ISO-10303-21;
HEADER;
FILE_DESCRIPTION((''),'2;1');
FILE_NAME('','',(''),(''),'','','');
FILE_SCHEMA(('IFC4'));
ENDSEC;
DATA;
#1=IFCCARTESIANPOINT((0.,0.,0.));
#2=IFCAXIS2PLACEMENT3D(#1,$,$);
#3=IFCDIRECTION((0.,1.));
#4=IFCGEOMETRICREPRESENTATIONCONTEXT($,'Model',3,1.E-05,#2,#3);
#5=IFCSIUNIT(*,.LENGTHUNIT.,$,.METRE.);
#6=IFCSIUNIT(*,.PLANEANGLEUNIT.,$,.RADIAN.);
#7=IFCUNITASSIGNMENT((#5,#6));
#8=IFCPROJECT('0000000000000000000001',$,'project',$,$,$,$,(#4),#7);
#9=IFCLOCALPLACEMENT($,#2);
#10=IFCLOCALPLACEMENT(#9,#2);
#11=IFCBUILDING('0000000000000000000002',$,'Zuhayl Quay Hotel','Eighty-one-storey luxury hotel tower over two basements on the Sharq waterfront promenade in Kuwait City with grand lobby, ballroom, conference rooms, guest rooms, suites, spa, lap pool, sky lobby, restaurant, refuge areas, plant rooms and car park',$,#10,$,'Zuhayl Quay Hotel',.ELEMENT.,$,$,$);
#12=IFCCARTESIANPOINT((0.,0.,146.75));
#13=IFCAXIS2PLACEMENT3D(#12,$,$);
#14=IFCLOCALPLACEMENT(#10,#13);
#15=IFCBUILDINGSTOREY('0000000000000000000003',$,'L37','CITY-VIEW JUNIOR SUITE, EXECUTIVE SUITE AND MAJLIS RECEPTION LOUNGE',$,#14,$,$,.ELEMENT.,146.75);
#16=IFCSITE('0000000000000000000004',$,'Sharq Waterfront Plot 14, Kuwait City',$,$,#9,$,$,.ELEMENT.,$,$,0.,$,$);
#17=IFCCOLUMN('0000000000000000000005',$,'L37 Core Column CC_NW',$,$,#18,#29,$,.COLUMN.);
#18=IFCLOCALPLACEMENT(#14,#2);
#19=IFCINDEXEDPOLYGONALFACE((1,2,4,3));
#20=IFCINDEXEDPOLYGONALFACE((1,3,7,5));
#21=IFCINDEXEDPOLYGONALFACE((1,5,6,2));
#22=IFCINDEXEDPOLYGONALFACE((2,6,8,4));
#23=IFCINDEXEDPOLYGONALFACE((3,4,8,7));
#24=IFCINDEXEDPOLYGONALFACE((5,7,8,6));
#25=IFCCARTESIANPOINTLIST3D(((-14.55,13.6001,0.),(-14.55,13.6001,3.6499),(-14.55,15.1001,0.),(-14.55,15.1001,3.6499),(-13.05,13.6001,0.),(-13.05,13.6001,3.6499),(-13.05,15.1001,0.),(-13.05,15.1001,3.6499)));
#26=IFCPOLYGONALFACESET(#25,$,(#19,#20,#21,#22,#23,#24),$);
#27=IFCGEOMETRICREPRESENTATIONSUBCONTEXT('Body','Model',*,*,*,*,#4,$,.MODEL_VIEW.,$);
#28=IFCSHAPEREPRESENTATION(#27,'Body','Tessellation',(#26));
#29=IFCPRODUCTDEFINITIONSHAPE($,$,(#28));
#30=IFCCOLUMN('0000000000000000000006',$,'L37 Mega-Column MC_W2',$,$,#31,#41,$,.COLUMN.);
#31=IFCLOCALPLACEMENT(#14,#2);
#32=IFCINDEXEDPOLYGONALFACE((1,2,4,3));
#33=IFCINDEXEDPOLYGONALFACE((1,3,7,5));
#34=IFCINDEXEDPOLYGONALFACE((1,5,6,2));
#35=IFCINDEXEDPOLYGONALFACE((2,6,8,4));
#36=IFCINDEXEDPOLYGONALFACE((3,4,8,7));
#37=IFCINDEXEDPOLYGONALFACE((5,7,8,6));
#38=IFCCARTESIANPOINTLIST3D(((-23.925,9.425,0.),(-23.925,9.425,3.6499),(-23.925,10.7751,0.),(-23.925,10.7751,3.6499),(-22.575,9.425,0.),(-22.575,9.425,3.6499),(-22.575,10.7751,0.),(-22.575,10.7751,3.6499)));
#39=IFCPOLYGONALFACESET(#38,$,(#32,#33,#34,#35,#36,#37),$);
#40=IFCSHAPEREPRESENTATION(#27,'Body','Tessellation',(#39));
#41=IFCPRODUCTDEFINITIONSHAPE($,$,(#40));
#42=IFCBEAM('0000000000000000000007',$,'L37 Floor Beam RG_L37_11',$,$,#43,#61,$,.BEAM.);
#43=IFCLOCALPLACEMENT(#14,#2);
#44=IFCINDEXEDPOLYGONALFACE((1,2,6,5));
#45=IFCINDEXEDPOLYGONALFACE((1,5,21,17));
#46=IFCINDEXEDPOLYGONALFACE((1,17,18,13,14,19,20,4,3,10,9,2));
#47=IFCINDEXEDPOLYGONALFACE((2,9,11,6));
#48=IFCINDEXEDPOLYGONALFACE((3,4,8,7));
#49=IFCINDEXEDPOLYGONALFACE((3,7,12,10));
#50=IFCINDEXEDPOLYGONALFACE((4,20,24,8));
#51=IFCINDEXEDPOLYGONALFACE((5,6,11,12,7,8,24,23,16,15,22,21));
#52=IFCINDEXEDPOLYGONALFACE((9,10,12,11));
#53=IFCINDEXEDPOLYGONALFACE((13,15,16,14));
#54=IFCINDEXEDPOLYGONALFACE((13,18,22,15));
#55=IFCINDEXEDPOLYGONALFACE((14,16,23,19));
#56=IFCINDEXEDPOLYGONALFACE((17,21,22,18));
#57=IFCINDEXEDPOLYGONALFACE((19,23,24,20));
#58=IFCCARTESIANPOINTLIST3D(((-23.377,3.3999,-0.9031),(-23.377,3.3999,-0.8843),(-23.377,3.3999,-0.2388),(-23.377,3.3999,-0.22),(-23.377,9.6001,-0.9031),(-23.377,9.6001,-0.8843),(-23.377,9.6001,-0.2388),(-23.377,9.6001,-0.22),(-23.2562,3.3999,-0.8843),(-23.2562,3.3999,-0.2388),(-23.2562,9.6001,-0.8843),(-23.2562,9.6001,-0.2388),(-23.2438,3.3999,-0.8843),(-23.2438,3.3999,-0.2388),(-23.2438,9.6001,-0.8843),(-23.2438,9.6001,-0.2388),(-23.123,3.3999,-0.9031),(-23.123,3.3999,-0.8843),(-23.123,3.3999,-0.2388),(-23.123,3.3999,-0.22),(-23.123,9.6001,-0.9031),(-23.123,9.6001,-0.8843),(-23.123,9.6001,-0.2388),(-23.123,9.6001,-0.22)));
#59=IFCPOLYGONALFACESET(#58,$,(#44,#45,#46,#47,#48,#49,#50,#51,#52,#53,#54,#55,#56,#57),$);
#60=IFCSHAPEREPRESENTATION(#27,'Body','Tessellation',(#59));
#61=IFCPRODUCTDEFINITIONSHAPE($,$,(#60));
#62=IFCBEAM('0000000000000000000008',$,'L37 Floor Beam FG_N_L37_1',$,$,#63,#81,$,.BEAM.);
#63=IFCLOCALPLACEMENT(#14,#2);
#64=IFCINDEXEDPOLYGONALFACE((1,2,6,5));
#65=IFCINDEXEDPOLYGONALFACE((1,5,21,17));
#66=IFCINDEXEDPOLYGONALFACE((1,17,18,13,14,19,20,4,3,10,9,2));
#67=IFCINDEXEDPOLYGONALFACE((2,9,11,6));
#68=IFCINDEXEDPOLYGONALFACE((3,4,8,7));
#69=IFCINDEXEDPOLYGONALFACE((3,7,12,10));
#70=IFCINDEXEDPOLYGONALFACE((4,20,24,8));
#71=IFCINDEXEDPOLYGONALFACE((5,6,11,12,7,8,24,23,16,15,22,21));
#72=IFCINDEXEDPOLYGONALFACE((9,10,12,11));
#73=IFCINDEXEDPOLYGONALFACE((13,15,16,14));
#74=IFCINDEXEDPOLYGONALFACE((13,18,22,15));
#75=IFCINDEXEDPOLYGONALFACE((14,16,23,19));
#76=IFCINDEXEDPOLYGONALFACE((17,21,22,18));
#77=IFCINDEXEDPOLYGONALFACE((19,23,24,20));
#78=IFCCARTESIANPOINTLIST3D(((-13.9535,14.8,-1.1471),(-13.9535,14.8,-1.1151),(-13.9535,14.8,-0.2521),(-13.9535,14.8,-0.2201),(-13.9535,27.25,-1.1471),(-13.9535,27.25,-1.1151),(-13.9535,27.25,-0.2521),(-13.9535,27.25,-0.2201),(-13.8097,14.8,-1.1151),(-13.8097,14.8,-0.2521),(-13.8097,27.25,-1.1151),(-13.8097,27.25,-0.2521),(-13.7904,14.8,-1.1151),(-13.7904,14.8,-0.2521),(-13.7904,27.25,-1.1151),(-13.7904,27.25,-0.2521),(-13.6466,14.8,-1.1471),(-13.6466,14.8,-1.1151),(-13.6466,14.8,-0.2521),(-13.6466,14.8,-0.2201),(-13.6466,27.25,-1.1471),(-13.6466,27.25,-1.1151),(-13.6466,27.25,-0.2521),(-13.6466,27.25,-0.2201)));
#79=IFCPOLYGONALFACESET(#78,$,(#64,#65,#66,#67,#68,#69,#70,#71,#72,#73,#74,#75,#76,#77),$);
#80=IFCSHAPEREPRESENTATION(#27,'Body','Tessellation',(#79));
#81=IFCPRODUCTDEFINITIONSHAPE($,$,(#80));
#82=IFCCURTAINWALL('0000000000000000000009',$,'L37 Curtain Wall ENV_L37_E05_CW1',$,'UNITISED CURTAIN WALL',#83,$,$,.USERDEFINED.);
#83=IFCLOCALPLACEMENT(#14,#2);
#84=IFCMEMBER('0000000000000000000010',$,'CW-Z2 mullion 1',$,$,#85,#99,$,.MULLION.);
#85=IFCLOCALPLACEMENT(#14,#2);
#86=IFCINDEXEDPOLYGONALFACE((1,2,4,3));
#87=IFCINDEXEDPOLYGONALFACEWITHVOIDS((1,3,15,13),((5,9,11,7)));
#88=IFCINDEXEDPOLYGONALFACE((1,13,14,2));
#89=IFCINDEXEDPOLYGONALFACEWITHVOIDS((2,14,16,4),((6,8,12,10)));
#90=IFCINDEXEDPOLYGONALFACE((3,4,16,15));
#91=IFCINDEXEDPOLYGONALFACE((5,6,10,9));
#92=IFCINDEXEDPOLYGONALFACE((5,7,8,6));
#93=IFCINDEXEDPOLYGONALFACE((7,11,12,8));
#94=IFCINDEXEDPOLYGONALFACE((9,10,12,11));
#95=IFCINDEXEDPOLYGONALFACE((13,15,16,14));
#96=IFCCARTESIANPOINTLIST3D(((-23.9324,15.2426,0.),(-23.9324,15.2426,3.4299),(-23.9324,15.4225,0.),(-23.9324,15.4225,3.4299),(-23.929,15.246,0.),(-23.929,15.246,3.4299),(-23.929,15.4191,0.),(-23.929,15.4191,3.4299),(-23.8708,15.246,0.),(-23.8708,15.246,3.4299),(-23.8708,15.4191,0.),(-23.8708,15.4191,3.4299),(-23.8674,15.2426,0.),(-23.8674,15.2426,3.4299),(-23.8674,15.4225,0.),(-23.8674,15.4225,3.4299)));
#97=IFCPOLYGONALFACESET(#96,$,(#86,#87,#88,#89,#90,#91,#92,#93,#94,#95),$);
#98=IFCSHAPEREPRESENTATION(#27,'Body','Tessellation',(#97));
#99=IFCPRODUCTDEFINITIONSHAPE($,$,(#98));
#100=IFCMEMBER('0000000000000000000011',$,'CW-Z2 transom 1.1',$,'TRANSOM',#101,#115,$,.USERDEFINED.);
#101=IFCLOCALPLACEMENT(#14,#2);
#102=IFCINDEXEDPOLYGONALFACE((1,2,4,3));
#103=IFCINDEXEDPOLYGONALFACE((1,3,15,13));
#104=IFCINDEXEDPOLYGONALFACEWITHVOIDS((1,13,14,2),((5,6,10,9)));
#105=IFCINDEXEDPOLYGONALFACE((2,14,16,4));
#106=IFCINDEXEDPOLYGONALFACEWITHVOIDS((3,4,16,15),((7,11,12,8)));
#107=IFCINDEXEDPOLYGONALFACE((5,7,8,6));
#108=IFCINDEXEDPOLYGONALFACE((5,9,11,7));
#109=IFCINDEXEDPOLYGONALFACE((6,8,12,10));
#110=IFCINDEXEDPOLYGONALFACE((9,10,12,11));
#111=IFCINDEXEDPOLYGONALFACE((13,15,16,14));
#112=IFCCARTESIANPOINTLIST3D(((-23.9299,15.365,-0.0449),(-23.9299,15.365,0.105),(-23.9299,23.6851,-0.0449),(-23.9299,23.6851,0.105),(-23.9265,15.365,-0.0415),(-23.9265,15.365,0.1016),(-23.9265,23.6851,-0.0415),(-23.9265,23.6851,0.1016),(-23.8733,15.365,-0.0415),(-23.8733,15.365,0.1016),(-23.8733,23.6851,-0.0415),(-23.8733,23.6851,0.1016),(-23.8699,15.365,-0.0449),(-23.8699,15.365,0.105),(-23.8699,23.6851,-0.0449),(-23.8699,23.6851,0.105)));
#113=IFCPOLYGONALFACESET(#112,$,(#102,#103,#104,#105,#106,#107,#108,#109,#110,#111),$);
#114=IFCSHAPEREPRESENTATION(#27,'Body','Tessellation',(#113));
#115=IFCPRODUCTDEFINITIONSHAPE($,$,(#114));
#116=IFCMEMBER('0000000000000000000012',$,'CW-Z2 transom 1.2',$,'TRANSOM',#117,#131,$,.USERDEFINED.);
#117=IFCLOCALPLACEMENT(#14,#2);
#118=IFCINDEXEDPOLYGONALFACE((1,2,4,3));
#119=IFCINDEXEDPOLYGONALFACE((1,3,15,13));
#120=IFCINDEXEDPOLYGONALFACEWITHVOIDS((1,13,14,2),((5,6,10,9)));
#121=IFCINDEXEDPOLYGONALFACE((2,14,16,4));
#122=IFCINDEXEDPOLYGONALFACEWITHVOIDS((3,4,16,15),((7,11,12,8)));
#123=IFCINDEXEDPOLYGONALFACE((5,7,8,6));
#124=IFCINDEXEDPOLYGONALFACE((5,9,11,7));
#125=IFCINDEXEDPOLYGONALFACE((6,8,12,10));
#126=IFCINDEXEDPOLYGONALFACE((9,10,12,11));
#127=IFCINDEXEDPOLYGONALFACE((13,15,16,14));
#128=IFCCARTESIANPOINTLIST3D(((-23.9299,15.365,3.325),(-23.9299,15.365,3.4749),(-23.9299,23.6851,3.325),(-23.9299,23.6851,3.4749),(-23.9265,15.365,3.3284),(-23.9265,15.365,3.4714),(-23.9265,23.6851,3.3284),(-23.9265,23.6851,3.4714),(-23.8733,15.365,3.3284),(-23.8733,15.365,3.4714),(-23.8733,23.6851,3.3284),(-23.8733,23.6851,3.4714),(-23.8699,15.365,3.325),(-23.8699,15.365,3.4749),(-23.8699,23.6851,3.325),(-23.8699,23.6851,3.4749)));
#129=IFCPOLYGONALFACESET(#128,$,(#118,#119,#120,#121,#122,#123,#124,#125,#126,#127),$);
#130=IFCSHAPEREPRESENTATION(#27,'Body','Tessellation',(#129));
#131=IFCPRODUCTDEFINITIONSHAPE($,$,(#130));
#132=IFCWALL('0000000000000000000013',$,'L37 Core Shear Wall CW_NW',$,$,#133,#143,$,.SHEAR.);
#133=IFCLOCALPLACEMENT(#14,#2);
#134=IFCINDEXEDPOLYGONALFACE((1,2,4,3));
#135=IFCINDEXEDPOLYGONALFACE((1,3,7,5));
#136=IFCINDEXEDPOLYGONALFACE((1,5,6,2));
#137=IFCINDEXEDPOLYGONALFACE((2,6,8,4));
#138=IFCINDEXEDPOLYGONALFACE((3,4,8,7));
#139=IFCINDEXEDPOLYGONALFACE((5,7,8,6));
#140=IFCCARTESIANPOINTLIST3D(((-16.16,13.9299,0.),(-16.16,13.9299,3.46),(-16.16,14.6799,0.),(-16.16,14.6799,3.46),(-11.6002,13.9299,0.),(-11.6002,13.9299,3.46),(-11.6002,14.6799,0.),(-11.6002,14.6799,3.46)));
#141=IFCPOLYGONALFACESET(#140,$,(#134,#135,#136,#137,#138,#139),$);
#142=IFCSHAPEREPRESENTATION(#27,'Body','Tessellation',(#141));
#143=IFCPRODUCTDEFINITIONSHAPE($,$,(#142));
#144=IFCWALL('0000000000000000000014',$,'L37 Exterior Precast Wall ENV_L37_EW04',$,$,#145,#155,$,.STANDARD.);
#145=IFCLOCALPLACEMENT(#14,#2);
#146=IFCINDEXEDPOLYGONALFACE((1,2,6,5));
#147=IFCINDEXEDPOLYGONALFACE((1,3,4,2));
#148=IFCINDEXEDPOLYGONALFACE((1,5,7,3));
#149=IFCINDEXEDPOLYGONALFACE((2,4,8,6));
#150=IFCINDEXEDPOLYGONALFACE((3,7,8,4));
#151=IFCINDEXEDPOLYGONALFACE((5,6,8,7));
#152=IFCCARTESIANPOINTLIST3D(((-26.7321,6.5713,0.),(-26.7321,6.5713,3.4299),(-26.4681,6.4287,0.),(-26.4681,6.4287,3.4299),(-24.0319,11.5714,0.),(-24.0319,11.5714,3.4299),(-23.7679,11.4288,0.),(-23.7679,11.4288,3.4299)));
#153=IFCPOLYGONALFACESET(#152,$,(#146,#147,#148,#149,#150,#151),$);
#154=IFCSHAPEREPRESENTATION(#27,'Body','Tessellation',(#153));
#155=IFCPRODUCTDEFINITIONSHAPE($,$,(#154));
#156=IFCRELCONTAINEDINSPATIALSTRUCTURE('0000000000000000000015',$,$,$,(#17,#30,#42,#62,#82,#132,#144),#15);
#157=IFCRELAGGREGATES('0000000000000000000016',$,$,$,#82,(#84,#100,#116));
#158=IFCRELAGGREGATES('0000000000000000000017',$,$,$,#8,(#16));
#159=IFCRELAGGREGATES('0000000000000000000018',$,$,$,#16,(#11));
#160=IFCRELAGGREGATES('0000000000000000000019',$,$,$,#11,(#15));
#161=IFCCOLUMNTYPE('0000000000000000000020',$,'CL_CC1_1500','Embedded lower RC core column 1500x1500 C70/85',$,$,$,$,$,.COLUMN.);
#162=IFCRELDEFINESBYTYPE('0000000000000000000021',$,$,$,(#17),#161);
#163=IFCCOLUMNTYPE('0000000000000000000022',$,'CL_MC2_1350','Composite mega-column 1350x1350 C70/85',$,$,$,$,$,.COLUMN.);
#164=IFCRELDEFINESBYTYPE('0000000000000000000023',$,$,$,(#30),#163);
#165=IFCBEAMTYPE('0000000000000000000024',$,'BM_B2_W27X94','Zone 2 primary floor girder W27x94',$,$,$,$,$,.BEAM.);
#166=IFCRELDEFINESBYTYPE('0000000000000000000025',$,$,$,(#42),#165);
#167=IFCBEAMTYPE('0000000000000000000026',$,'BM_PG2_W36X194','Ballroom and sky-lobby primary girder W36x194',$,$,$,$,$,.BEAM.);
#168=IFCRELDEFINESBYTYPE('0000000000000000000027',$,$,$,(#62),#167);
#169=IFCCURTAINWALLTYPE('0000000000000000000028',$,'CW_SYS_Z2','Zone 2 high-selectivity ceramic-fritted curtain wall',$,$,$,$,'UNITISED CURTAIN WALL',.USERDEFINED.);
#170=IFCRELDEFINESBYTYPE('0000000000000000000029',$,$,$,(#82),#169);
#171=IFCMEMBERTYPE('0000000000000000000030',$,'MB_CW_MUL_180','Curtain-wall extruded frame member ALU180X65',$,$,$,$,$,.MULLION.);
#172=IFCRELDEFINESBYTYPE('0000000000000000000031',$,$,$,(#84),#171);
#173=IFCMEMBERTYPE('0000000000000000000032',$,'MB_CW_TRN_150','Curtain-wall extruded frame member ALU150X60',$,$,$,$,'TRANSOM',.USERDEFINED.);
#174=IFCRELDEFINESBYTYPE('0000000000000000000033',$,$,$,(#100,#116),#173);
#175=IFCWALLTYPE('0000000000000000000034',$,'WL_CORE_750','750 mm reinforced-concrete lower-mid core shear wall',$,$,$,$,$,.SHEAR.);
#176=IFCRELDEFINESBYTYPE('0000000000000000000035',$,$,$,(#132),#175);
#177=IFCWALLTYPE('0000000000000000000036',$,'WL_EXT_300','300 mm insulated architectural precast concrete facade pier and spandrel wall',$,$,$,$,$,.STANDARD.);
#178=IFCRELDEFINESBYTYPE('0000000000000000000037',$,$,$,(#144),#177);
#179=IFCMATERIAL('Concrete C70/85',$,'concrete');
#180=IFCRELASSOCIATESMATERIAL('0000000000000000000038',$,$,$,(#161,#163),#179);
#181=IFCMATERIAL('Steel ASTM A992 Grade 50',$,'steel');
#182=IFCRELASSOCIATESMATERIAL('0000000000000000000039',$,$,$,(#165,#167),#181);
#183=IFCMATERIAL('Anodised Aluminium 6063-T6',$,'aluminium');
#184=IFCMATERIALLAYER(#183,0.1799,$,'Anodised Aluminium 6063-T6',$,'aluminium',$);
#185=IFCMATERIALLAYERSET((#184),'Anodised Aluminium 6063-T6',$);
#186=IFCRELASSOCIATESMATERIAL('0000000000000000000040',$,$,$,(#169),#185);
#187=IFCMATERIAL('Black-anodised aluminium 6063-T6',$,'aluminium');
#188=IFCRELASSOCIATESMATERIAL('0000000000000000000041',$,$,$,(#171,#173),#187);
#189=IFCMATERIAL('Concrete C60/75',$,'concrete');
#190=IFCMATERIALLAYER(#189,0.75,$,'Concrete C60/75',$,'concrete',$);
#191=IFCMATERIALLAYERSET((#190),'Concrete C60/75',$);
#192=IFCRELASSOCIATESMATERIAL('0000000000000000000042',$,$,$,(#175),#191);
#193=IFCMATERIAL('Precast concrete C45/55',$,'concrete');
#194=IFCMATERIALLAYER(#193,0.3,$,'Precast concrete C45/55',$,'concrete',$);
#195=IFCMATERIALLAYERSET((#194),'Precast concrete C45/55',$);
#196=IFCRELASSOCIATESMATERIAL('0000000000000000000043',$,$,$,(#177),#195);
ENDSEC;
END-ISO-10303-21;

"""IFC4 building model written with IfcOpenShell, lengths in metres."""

from ifc_helpers import new_model, si_unit, direction, frame, frame_2d, origin, origin_2d, place, context, subcontext, project, spatial, rectangle, hollow_rectangle, i_section, extrude, material, layer, layer_set, material_profile, profile_set, type_object, element, aggregate, save


model = new_model("IFC4")

# Units and contexts
model_context = context("Model", 3, precision=1e-05, world=origin(), true_north=direction((0.0, 1.0)))
body_context = subcontext(model_context, "Body", "Model", "MODEL_VIEW")
ifc_project = project(units=[si_unit("LENGTHUNIT", "METRE"), si_unit("PLANEANGLEUNIT", "RADIAN")], contexts=[model_context])

# Site, building, storey
site_placement = place(None, origin())
site = spatial("IfcSite", under=ifc_project, at=site_placement, Name="Sharq Waterfront Plot 14, Kuwait City", CompositionType="ELEMENT", RefElevation=0.0)
building_placement = place(site_placement, origin())
building = spatial("IfcBuilding", under=site, at=building_placement, Name="Zuhayl Quay Hotel", Description="Eighty-one-storey luxury hotel tower over two basements on the Sharq waterfront promenade in Kuwait City with grand lobby, ballroom, conference rooms, guest rooms, suites, spa, lap pool, sky lobby, restaurant, refuge areas, plant rooms and car park", LongName="Zuhayl Quay Hotel", CompositionType="ELEMENT")
storey_placement = place(building_placement, frame((0.0, 0.0, 146.75)))
storey = spatial("IfcBuildingStorey", under=building, at=storey_placement, Name="L37", Description="CITY-VIEW JUNIOR SUITE, EXECUTIVE SUITE AND MAJLIS RECEPTION LOUNGE", CompositionType="ELEMENT", Elevation=146.75)

# Columns
ifc_material_1 = material(Name="Concrete C70/85", Category="concrete")
ifc_material_profile_1 = material_profile(ifc_material_1, rectangle(XDim=1.5, YDim=1.5, at=origin_2d()), Name="RC1500X1500")
ifc_profile_set_1 = profile_set([ifc_material_profile_1], Name="Concrete C70/85")
column_type_1 = type_object("IfcColumnType", Name="CL_CC1_1500", Description="Embedded lower RC core column 1500x1500 C70/85", PredefinedType="COLUMN", material=ifc_profile_set_1)
column_1_placement = place(storey_placement, frame((-13.8, 14.3501, 0.0), z_axis=(0.0, 0.0, 1.0), x_axis=(1.0, 0.0, 0.0)))
element("IfcColumn", 1, at=column_1_placement, inside=storey, type_object=column_type_1, Name="L37 Core Column CC_NW", PredefinedType="COLUMN", context=body_context, shape_type="SweptSolid", body=[
    extrude(rectangle(XDim=1.5, YDim=1.5, at=origin_2d()), origin(), (0.0, 0.0, 1.0), 3.6499),
])
ifc_material_profile_2 = material_profile(ifc_material_1, rectangle(XDim=1.3501, YDim=1.3501, at=origin_2d()), Name="RC1350X1350")
ifc_profile_set_2 = profile_set([ifc_material_profile_2], Name="Concrete C70/85")
column_type_2 = type_object("IfcColumnType", Name="CL_MC2_1350", Description="Composite mega-column 1350x1350 C70/85", PredefinedType="COLUMN", material=ifc_profile_set_2)
column_2_placement = place(storey_placement, frame((-23.25, 10.1001, 0.0), z_axis=(0.0, 0.0, 1.0), x_axis=(1.0, 0.0, 0.0)))
element("IfcColumn", 2, at=column_2_placement, inside=storey, type_object=column_type_2, Name="L37 Mega-Column MC_W2", PredefinedType="COLUMN", context=body_context, shape_type="SweptSolid", body=[
    extrude(rectangle(XDim=1.3501, YDim=1.3501, at=origin_2d()), origin(), (0.0, 0.0, 1.0), 3.6499),
])

# Beams
ifc_material_2 = material(Name="Steel ASTM A992 Grade 50", Category="steel")
ifc_material_profile_3 = material_profile(ifc_material_2, i_section(OverallWidth=0.2539, OverallDepth=0.6831, WebThickness=0.0125, FlangeThickness=0.0188, at=origin_2d()), Name="W27X94")
ifc_profile_set_3 = profile_set([ifc_material_profile_3], Name="Steel ASTM A992 Grade 50")
beam_type_1 = type_object("IfcBeamType", Name="BM_B2_W27X94", Description="Zone 2 primary floor girder W27x94", PredefinedType="BEAM", material=ifc_profile_set_3)
beam_1_placement = place(storey_placement, frame((-23.25, 9.6001, -0.5615), z_axis=(0.0, -1.0, 0.0), x_axis=(1.0, 0.0, 0.0)))
element("IfcBeam", 3, at=beam_1_placement, inside=storey, type_object=beam_type_1, Name="L37 Floor Beam RG_L37_11", PredefinedType="BEAM", context=body_context, shape_type="SweptSolid", body=[
    extrude(i_section(OverallWidth=0.2539, OverallDepth=0.6831, WebThickness=0.0125, FlangeThickness=0.0188, at=origin_2d()), origin(), (0.0, 0.0, 1.0), 6.2002),
])
ifc_material_profile_4 = material_profile(ifc_material_2, i_section(OverallWidth=0.3069, OverallDepth=0.927, WebThickness=0.0193, FlangeThickness=0.032, at=origin_2d()), Name="W36X194")
ifc_profile_set_4 = profile_set([ifc_material_profile_4], Name="Steel ASTM A992 Grade 50")
beam_type_2 = type_object("IfcBeamType", Name="BM_PG2_W36X194", Description="Ballroom and sky-lobby primary girder W36x194", PredefinedType="BEAM", material=ifc_profile_set_4)
beam_2_placement = place(storey_placement, frame((-13.8, 14.8, -0.6836), z_axis=(0.0, 1.0, 0.0), x_axis=(-1.0, 0.0, 0.0)))
element("IfcBeam", 4, at=beam_2_placement, inside=storey, type_object=beam_type_2, Name="L37 Floor Beam FG_N_L37_1", PredefinedType="BEAM", context=body_context, shape_type="SweptSolid", body=[
    extrude(i_section(OverallWidth=0.3069, OverallDepth=0.927, WebThickness=0.0193, FlangeThickness=0.032, at=origin_2d()), origin(), (0.0, 0.0, 1.0), 12.45),
])

# Curtain wall, members
ifc_material_3 = material(Name="Anodised Aluminium 6063-T6", Category="aluminium")
ifc_layer_1 = layer(ifc_material_3, 0.1799, Name="Anodised Aluminium 6063-T6", Category="aluminium")
ifc_layer_set_1 = layer_set([ifc_layer_1], Name="Anodised Aluminium 6063-T6")
curtain_wall_type = type_object("IfcCurtainWallType", Name="CW_SYS_Z2", Description="Zone 2 high-selectivity ceramic-fritted curtain wall", ElementType="UNITISED CURTAIN WALL", PredefinedType="USERDEFINED", material=ifc_layer_set_1)
curtain_wall_placement = place(storey_placement, origin())
curtain_wall = element("IfcCurtainWall", 5, at=curtain_wall_placement, inside=storey, type_object=curtain_wall_type, Name="L37 Curtain Wall ENV_L37_E05_CW1", ObjectType="UNITISED CURTAIN WALL", PredefinedType="USERDEFINED")
ifc_material_4 = material(Name="Black-anodised aluminium 6063-T6", Category="aluminium")
ifc_material_profile_5 = material_profile(ifc_material_4, hollow_rectangle(XDim=0.0649, YDim=0.1799, WallThickness=0.0034, at=origin_2d()), Name="ALU180X65")
ifc_profile_set_5 = profile_set([ifc_material_profile_5], Name="Black-anodised aluminium 6063-T6")
member_type_1 = type_object("IfcMemberType", Name="MB_CW_MUL_180", Description="Curtain-wall extruded frame member ALU180X65", PredefinedType="MULLION", material=ifc_profile_set_5)
member_1_placement = place(storey_placement, frame((-23.8999, 15.3325, 0.0), z_axis=(0.0, 0.0, 1.0), x_axis=(-1.0, 0.0, 0.0)))
member_1 = element("IfcMember", 6, at=member_1_placement, type_object=member_type_1, Name="CW-Z2 mullion 1", PredefinedType="MULLION", context=body_context, shape_type="SweptSolid", body=[
    extrude(hollow_rectangle(XDim=0.0649, YDim=0.1799, WallThickness=0.0034, at=origin_2d()), origin(), (0.0, 0.0, 1.0), 3.4299),
])
ifc_material_profile_6 = material_profile(ifc_material_4, hollow_rectangle(XDim=0.0601, YDim=0.1499, WallThickness=0.0034, at=origin_2d()), Name="ALU150X60")
ifc_profile_set_6 = profile_set([ifc_material_profile_6], Name="Black-anodised aluminium 6063-T6")
member_type_2 = type_object("IfcMemberType", Name="MB_CW_TRN_150", Description="Curtain-wall extruded frame member ALU150X60", ElementType="TRANSOM", PredefinedType="USERDEFINED", material=ifc_profile_set_6)
member_2_placement = place(storey_placement, frame((-23.8999, 15.365, 0.03), z_axis=(0.0, 1.0, 0.0), x_axis=(-1.0, 0.0, 0.0)))
member_2 = element("IfcMember", 7, at=member_2_placement, type_object=member_type_2, Name="CW-Z2 transom 1.1", ObjectType="TRANSOM", PredefinedType="USERDEFINED", context=body_context, shape_type="SweptSolid", body=[
    extrude(hollow_rectangle(XDim=0.0601, YDim=0.1499, WallThickness=0.0034, at=origin_2d()), origin(), (0.0, 0.0, 1.0), 8.3201),
])
member_3_placement = place(storey_placement, frame((-23.8999, 15.365, 3.3999), z_axis=(0.0, 1.0, 0.0), x_axis=(-1.0, 0.0, 0.0)))
member_3 = element("IfcMember", 8, at=member_3_placement, type_object=member_type_2, Name="CW-Z2 transom 1.2", ObjectType="TRANSOM", PredefinedType="USERDEFINED", context=body_context, shape_type="SweptSolid", body=[
    extrude(hollow_rectangle(XDim=0.0601, YDim=0.1499, WallThickness=0.0034, at=origin_2d()), origin(), (0.0, 0.0, 1.0), 8.3201),
])
aggregate(curtain_wall, [member_1, member_2, member_3])

# Walls
ifc_material_5 = material(Name="Concrete C60/75", Category="concrete")
ifc_layer_2 = layer(ifc_material_5, 0.75, Name="Concrete C60/75", Category="concrete")
ifc_layer_set_2 = layer_set([ifc_layer_2], Name="Concrete C60/75")
wall_type_1 = type_object("IfcWallType", Name="WL_CORE_750", Description="750 mm reinforced-concrete lower-mid core shear wall", PredefinedType="SHEAR", material=ifc_layer_set_2)
wall_1_placement = place(storey_placement, frame((-16.1599, 14.3049, 0.0), z_axis=(0.0, 0.0, 1.0), x_axis=(1.0, 0.0, 0.0)))
element("IfcWall", 9, at=wall_1_placement, inside=storey, type_object=wall_type_1, Name="L37 Core Shear Wall CW_NW", PredefinedType="SHEAR", context=body_context, shape_type="SweptSolid", body=[
    extrude(rectangle(XDim=4.5598, YDim=0.75, at=frame_2d((2.2798, 0.0))), origin(), (0.0, 0.0, 1.0), 3.46),
])
ifc_material_6 = material(Name="Precast concrete C45/55", Category="concrete")
ifc_layer_3 = layer(ifc_material_6, 0.3, Name="Precast concrete C45/55", Category="concrete")
ifc_layer_set_3 = layer_set([ifc_layer_3], Name="Precast concrete C45/55")
wall_type_2 = type_object("IfcWallType", Name="WL_EXT_300", Description="300 mm insulated architectural precast concrete facade pier and spandrel wall", PredefinedType="STANDARD", material=ifc_layer_set_3)
wall_2_placement = place(storey_placement, frame((-26.6001, 6.5, 0.0), z_axis=(0.0, 0.0, 1.0), x_axis=(0.475176, 0.879891, 0.0)))
element("IfcWall", 10, at=wall_2_placement, inside=storey, type_object=wall_type_2, Name="L37 Exterior Precast Wall ENV_L37_EW04", PredefinedType="STANDARD", context=body_context, shape_type="SweptSolid", body=[
    extrude(rectangle(XDim=5.6826, YDim=0.3, at=frame_2d((2.8413, 0.0))), origin(), (0.0, 0.0, 1.0), 3.4299),
])

save(model, "model.ifc")
